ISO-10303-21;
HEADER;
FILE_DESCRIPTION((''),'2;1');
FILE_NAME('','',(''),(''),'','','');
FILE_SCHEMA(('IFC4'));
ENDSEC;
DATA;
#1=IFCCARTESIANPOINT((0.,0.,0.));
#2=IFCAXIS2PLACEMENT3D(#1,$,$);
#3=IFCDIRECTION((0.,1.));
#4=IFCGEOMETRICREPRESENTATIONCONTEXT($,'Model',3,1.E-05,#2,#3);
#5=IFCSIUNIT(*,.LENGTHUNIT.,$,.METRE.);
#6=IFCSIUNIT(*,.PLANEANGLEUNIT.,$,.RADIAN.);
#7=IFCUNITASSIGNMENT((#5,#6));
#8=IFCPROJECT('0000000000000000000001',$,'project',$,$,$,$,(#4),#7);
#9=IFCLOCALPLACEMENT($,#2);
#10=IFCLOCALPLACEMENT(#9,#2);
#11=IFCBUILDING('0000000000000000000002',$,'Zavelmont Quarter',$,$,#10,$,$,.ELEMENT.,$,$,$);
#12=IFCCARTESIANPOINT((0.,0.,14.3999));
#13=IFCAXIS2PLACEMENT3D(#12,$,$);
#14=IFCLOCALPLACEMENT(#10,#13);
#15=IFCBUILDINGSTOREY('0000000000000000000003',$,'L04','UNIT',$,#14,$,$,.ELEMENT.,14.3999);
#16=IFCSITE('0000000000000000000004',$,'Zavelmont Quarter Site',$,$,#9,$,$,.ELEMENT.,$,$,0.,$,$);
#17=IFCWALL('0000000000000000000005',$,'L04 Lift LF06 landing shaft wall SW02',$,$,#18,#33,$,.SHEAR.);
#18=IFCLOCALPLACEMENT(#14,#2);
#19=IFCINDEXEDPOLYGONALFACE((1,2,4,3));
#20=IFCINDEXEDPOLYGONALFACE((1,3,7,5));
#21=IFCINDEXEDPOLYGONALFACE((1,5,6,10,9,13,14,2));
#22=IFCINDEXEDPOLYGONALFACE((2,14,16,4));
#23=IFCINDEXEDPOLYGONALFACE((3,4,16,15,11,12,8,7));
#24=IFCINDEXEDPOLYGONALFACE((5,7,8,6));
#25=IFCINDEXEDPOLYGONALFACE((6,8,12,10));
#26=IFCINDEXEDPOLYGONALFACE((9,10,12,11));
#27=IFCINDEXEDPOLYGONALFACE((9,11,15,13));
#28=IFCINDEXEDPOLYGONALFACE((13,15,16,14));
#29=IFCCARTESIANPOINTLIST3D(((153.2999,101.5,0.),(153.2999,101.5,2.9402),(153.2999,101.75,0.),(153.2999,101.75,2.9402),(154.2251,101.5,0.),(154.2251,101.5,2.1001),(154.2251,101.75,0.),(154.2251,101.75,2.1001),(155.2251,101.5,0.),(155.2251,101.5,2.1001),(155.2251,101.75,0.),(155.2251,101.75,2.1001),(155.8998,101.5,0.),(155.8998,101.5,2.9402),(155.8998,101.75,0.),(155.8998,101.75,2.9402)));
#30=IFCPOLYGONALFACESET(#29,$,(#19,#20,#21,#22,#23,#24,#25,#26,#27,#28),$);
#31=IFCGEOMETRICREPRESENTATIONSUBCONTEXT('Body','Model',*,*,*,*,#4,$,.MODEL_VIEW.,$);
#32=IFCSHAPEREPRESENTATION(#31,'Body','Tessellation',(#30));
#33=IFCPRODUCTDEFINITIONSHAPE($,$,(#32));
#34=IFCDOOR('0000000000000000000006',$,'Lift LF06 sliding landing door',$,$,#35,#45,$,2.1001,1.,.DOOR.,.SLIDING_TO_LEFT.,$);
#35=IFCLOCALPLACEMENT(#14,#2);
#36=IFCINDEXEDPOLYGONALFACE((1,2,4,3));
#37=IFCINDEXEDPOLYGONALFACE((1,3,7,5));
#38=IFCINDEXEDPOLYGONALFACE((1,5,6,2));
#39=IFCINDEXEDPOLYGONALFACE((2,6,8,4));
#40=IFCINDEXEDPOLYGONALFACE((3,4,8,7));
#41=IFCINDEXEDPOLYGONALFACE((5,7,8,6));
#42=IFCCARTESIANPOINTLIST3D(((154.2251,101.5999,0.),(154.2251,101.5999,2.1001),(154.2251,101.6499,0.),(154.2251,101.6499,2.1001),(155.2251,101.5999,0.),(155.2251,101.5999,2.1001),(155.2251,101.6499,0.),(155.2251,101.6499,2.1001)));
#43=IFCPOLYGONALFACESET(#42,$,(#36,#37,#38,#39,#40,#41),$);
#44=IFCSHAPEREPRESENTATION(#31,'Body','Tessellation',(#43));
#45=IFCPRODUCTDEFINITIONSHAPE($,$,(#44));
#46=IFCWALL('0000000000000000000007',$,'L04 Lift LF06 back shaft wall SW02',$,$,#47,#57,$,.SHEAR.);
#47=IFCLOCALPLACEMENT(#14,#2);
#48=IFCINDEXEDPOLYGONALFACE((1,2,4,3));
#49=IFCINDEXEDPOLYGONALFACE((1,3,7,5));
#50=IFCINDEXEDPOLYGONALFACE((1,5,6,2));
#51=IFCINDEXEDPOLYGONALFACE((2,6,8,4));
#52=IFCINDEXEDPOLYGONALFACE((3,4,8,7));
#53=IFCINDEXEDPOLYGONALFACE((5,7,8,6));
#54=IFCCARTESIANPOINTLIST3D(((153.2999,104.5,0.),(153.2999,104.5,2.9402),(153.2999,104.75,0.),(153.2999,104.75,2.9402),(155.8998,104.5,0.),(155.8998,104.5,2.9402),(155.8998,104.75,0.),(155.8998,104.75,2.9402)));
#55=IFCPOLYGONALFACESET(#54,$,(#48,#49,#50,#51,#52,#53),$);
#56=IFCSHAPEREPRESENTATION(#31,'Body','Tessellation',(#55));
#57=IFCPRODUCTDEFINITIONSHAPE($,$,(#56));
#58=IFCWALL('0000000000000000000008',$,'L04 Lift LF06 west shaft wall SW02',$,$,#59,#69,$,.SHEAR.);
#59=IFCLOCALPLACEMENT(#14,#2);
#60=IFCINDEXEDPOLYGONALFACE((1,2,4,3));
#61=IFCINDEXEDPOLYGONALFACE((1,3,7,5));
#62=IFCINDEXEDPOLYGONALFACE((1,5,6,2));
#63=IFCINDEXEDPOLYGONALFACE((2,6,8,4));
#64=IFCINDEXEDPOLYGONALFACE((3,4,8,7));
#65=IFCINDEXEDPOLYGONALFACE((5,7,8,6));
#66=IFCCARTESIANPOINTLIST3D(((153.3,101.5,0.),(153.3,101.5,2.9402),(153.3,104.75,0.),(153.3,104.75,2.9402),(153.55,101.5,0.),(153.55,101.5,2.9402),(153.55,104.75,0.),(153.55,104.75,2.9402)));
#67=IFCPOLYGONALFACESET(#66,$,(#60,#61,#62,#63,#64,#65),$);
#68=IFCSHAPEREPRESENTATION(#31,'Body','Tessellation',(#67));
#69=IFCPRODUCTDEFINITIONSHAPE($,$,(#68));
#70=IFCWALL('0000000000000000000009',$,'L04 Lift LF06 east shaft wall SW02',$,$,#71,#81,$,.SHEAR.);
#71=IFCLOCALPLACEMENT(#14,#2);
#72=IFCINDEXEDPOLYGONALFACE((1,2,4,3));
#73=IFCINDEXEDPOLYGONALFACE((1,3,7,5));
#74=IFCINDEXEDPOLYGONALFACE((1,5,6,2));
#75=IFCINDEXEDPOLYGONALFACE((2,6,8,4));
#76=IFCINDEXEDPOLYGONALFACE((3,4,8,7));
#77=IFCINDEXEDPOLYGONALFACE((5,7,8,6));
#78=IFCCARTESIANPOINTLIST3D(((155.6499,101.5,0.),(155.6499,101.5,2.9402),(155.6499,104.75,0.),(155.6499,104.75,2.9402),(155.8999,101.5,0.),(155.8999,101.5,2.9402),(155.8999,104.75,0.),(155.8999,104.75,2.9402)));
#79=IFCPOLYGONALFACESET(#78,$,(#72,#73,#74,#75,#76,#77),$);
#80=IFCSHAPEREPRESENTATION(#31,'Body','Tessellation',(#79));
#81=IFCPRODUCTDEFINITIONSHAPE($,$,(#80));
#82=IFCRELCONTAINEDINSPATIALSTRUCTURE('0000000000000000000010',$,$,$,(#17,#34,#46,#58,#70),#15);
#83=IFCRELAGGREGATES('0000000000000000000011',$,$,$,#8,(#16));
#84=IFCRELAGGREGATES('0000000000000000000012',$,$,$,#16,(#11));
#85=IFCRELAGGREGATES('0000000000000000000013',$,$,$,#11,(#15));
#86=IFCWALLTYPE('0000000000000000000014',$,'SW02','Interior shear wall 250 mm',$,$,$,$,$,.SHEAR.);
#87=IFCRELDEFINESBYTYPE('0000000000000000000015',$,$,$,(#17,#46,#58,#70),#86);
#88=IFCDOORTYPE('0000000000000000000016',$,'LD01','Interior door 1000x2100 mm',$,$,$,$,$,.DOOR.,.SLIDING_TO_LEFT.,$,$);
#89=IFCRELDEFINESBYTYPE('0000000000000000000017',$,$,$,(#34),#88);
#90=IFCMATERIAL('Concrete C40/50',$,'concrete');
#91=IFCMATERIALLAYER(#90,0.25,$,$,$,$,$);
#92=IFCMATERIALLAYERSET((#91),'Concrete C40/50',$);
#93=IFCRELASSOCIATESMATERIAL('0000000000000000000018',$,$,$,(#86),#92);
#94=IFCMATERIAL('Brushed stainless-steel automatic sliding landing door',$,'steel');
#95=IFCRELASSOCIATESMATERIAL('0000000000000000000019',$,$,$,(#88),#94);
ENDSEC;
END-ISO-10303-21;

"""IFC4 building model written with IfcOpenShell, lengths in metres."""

from ifc_helpers import new_model, si_unit, direction, frame, frame_2d, origin, origin_with_axes, place, context, subcontext, project, spatial, rectangle, extrude, material, layer, layer_set, type_object, element, fill, save


model = new_model("IFC4")

# Units and contexts
model_context = context("Model", 3, precision=1e-05, world=origin(), true_north=direction((0.0, 1.0)))
body_context = subcontext(model_context, "Body", "Model", "MODEL_VIEW")
ifc_project = project(units=[si_unit("LENGTHUNIT", "METRE"), si_unit("PLANEANGLEUNIT", "RADIAN")], contexts=[model_context])

# Site, building, storey
site_placement = place(None, origin())
site = spatial("IfcSite", under=ifc_project, at=site_placement, Name="Zavelmont Quarter Site", CompositionType="ELEMENT", RefElevation=0.0)
building_placement = place(site_placement, origin())
building = spatial("IfcBuilding", under=site, at=building_placement, Name="Zavelmont Quarter", CompositionType="ELEMENT")
storey_placement = place(building_placement, frame((0.0, 0.0, 14.3999)))
storey = spatial("IfcBuildingStorey", under=building, at=storey_placement, Name="L04", Description="UNIT", CompositionType="ELEMENT", Elevation=14.3999)

# Shared definitions
ifc_material_1 = material(Name="Concrete C40/50", Category="concrete")

# Wall, opening, door
ifc_layer_1 = layer(ifc_material_1, 0.25)
ifc_layer_set_1 = layer_set([ifc_layer_1], Name="Concrete C40/50")
wall_type_1 = type_object("IfcWallType", Name="SW02", Description="Interior shear wall 250 mm", PredefinedType="SHEAR", material=ifc_layer_set_1)
wall_1_placement = place(storey_placement, frame((153.3, 101.625, 0.0), z_axis=(0.0, 0.0, 1.0), x_axis=(1.0, 0.0, 0.0)))
wall_1 = element("IfcWall", 1, at=wall_1_placement, inside=storey, type_object=wall_type_1, Name="L04 Lift LF06 landing shaft wall SW02", PredefinedType="SHEAR", context=body_context, shape_type="SweptSolid", body=[
    extrude(rectangle(XDim=2.5999, YDim=0.25, at=frame_2d((1.2998, 0.0))), origin(), (0.0, 0.0, 1.0), 2.9402),
])
opening_placement = place(wall_1_placement, frame((0.925, 0.0, 0.0)))
opening = element("IfcOpeningElement", 2, at=opening_placement, cuts=wall_1, PredefinedType="OPENING", context=body_context, shape_type="SweptSolid", body=[
    extrude(rectangle(XDim=1.0, YDim=2.1001, at=frame_2d((0.5, 1.05))), frame((0.0, 0.137, 0.0), z_axis=(0.0, -1.0, 0.0), x_axis=(1.0, 0.0, 0.0)), (0.0, 0.0, 1.0), 0.2739),
])
ifc_material_2 = material(Name="Brushed stainless-steel automatic sliding landing door", Category="steel")
door_type = type_object("IfcDoorType", Name="LD01", Description="Interior door 1000x2100 mm", OperationType="SLIDING_TO_LEFT", PredefinedType="DOOR", material=ifc_material_2)
door_placement = place(opening_placement, origin_with_axes())
door = element("IfcDoor", 3, at=door_placement, inside=storey, type_object=door_type, Name="Lift LF06 sliding landing door", OperationType="SLIDING_TO_LEFT", OverallHeight=2.1001, OverallWidth=1.0, PredefinedType="DOOR", context=body_context, shape_type="SweptSolid", body=[
    extrude(rectangle(XDim=1.0, YDim=2.1001, at=frame_2d((0.5, 1.05))), frame((0.0, 0.0249, 0.0), z_axis=(0.0, -1.0, 0.0), x_axis=(1.0, 0.0, 0.0)), (0.0, 0.0, 1.0), 0.05),
])
fill(opening, door)

# Walls
wall_2_placement = place(storey_placement, frame((153.3, 104.625, 0.0), z_axis=(0.0, 0.0, 1.0), x_axis=(1.0, 0.0, 0.0)))
element("IfcWall", 4, at=wall_2_placement, inside=storey, type_object=wall_type_1, Name="L04 Lift LF06 back shaft wall SW02", PredefinedType="SHEAR", context=body_context, shape_type="SweptSolid", body=[
    extrude(rectangle(XDim=2.5999, YDim=0.25, at=frame_2d((1.2998, 0.0))), origin(), (0.0, 0.0, 1.0), 2.9402),
])
for number, where, z_axis, x_axis, name in (
    (5, (153.425, 101.5, 0.0), (0.0, 0.0, 1.0), (0.0, 1.0, 0.0), "L04 Lift LF06 west shaft wall SW02"),
    (6, (155.7749, 101.5, 0.0), (0.0, 0.0, 1.0), (0.0, 1.0, 0.0), "L04 Lift LF06 east shaft wall SW02"),
):
    element("IfcWall", number, at=place(storey_placement, frame(where, z_axis=z_axis, x_axis=x_axis)), inside=storey, type_object=wall_type_1, Name=name, PredefinedType="SHEAR", context=body_context, shape_type="SweptSolid", body=[
        extrude(rectangle(XDim=3.25, YDim=0.25, at=frame_2d((1.625, 0.0))), origin(), (0.0, 0.0, 1.0), 2.9402),
    ])

save(model, "model.ifc")
